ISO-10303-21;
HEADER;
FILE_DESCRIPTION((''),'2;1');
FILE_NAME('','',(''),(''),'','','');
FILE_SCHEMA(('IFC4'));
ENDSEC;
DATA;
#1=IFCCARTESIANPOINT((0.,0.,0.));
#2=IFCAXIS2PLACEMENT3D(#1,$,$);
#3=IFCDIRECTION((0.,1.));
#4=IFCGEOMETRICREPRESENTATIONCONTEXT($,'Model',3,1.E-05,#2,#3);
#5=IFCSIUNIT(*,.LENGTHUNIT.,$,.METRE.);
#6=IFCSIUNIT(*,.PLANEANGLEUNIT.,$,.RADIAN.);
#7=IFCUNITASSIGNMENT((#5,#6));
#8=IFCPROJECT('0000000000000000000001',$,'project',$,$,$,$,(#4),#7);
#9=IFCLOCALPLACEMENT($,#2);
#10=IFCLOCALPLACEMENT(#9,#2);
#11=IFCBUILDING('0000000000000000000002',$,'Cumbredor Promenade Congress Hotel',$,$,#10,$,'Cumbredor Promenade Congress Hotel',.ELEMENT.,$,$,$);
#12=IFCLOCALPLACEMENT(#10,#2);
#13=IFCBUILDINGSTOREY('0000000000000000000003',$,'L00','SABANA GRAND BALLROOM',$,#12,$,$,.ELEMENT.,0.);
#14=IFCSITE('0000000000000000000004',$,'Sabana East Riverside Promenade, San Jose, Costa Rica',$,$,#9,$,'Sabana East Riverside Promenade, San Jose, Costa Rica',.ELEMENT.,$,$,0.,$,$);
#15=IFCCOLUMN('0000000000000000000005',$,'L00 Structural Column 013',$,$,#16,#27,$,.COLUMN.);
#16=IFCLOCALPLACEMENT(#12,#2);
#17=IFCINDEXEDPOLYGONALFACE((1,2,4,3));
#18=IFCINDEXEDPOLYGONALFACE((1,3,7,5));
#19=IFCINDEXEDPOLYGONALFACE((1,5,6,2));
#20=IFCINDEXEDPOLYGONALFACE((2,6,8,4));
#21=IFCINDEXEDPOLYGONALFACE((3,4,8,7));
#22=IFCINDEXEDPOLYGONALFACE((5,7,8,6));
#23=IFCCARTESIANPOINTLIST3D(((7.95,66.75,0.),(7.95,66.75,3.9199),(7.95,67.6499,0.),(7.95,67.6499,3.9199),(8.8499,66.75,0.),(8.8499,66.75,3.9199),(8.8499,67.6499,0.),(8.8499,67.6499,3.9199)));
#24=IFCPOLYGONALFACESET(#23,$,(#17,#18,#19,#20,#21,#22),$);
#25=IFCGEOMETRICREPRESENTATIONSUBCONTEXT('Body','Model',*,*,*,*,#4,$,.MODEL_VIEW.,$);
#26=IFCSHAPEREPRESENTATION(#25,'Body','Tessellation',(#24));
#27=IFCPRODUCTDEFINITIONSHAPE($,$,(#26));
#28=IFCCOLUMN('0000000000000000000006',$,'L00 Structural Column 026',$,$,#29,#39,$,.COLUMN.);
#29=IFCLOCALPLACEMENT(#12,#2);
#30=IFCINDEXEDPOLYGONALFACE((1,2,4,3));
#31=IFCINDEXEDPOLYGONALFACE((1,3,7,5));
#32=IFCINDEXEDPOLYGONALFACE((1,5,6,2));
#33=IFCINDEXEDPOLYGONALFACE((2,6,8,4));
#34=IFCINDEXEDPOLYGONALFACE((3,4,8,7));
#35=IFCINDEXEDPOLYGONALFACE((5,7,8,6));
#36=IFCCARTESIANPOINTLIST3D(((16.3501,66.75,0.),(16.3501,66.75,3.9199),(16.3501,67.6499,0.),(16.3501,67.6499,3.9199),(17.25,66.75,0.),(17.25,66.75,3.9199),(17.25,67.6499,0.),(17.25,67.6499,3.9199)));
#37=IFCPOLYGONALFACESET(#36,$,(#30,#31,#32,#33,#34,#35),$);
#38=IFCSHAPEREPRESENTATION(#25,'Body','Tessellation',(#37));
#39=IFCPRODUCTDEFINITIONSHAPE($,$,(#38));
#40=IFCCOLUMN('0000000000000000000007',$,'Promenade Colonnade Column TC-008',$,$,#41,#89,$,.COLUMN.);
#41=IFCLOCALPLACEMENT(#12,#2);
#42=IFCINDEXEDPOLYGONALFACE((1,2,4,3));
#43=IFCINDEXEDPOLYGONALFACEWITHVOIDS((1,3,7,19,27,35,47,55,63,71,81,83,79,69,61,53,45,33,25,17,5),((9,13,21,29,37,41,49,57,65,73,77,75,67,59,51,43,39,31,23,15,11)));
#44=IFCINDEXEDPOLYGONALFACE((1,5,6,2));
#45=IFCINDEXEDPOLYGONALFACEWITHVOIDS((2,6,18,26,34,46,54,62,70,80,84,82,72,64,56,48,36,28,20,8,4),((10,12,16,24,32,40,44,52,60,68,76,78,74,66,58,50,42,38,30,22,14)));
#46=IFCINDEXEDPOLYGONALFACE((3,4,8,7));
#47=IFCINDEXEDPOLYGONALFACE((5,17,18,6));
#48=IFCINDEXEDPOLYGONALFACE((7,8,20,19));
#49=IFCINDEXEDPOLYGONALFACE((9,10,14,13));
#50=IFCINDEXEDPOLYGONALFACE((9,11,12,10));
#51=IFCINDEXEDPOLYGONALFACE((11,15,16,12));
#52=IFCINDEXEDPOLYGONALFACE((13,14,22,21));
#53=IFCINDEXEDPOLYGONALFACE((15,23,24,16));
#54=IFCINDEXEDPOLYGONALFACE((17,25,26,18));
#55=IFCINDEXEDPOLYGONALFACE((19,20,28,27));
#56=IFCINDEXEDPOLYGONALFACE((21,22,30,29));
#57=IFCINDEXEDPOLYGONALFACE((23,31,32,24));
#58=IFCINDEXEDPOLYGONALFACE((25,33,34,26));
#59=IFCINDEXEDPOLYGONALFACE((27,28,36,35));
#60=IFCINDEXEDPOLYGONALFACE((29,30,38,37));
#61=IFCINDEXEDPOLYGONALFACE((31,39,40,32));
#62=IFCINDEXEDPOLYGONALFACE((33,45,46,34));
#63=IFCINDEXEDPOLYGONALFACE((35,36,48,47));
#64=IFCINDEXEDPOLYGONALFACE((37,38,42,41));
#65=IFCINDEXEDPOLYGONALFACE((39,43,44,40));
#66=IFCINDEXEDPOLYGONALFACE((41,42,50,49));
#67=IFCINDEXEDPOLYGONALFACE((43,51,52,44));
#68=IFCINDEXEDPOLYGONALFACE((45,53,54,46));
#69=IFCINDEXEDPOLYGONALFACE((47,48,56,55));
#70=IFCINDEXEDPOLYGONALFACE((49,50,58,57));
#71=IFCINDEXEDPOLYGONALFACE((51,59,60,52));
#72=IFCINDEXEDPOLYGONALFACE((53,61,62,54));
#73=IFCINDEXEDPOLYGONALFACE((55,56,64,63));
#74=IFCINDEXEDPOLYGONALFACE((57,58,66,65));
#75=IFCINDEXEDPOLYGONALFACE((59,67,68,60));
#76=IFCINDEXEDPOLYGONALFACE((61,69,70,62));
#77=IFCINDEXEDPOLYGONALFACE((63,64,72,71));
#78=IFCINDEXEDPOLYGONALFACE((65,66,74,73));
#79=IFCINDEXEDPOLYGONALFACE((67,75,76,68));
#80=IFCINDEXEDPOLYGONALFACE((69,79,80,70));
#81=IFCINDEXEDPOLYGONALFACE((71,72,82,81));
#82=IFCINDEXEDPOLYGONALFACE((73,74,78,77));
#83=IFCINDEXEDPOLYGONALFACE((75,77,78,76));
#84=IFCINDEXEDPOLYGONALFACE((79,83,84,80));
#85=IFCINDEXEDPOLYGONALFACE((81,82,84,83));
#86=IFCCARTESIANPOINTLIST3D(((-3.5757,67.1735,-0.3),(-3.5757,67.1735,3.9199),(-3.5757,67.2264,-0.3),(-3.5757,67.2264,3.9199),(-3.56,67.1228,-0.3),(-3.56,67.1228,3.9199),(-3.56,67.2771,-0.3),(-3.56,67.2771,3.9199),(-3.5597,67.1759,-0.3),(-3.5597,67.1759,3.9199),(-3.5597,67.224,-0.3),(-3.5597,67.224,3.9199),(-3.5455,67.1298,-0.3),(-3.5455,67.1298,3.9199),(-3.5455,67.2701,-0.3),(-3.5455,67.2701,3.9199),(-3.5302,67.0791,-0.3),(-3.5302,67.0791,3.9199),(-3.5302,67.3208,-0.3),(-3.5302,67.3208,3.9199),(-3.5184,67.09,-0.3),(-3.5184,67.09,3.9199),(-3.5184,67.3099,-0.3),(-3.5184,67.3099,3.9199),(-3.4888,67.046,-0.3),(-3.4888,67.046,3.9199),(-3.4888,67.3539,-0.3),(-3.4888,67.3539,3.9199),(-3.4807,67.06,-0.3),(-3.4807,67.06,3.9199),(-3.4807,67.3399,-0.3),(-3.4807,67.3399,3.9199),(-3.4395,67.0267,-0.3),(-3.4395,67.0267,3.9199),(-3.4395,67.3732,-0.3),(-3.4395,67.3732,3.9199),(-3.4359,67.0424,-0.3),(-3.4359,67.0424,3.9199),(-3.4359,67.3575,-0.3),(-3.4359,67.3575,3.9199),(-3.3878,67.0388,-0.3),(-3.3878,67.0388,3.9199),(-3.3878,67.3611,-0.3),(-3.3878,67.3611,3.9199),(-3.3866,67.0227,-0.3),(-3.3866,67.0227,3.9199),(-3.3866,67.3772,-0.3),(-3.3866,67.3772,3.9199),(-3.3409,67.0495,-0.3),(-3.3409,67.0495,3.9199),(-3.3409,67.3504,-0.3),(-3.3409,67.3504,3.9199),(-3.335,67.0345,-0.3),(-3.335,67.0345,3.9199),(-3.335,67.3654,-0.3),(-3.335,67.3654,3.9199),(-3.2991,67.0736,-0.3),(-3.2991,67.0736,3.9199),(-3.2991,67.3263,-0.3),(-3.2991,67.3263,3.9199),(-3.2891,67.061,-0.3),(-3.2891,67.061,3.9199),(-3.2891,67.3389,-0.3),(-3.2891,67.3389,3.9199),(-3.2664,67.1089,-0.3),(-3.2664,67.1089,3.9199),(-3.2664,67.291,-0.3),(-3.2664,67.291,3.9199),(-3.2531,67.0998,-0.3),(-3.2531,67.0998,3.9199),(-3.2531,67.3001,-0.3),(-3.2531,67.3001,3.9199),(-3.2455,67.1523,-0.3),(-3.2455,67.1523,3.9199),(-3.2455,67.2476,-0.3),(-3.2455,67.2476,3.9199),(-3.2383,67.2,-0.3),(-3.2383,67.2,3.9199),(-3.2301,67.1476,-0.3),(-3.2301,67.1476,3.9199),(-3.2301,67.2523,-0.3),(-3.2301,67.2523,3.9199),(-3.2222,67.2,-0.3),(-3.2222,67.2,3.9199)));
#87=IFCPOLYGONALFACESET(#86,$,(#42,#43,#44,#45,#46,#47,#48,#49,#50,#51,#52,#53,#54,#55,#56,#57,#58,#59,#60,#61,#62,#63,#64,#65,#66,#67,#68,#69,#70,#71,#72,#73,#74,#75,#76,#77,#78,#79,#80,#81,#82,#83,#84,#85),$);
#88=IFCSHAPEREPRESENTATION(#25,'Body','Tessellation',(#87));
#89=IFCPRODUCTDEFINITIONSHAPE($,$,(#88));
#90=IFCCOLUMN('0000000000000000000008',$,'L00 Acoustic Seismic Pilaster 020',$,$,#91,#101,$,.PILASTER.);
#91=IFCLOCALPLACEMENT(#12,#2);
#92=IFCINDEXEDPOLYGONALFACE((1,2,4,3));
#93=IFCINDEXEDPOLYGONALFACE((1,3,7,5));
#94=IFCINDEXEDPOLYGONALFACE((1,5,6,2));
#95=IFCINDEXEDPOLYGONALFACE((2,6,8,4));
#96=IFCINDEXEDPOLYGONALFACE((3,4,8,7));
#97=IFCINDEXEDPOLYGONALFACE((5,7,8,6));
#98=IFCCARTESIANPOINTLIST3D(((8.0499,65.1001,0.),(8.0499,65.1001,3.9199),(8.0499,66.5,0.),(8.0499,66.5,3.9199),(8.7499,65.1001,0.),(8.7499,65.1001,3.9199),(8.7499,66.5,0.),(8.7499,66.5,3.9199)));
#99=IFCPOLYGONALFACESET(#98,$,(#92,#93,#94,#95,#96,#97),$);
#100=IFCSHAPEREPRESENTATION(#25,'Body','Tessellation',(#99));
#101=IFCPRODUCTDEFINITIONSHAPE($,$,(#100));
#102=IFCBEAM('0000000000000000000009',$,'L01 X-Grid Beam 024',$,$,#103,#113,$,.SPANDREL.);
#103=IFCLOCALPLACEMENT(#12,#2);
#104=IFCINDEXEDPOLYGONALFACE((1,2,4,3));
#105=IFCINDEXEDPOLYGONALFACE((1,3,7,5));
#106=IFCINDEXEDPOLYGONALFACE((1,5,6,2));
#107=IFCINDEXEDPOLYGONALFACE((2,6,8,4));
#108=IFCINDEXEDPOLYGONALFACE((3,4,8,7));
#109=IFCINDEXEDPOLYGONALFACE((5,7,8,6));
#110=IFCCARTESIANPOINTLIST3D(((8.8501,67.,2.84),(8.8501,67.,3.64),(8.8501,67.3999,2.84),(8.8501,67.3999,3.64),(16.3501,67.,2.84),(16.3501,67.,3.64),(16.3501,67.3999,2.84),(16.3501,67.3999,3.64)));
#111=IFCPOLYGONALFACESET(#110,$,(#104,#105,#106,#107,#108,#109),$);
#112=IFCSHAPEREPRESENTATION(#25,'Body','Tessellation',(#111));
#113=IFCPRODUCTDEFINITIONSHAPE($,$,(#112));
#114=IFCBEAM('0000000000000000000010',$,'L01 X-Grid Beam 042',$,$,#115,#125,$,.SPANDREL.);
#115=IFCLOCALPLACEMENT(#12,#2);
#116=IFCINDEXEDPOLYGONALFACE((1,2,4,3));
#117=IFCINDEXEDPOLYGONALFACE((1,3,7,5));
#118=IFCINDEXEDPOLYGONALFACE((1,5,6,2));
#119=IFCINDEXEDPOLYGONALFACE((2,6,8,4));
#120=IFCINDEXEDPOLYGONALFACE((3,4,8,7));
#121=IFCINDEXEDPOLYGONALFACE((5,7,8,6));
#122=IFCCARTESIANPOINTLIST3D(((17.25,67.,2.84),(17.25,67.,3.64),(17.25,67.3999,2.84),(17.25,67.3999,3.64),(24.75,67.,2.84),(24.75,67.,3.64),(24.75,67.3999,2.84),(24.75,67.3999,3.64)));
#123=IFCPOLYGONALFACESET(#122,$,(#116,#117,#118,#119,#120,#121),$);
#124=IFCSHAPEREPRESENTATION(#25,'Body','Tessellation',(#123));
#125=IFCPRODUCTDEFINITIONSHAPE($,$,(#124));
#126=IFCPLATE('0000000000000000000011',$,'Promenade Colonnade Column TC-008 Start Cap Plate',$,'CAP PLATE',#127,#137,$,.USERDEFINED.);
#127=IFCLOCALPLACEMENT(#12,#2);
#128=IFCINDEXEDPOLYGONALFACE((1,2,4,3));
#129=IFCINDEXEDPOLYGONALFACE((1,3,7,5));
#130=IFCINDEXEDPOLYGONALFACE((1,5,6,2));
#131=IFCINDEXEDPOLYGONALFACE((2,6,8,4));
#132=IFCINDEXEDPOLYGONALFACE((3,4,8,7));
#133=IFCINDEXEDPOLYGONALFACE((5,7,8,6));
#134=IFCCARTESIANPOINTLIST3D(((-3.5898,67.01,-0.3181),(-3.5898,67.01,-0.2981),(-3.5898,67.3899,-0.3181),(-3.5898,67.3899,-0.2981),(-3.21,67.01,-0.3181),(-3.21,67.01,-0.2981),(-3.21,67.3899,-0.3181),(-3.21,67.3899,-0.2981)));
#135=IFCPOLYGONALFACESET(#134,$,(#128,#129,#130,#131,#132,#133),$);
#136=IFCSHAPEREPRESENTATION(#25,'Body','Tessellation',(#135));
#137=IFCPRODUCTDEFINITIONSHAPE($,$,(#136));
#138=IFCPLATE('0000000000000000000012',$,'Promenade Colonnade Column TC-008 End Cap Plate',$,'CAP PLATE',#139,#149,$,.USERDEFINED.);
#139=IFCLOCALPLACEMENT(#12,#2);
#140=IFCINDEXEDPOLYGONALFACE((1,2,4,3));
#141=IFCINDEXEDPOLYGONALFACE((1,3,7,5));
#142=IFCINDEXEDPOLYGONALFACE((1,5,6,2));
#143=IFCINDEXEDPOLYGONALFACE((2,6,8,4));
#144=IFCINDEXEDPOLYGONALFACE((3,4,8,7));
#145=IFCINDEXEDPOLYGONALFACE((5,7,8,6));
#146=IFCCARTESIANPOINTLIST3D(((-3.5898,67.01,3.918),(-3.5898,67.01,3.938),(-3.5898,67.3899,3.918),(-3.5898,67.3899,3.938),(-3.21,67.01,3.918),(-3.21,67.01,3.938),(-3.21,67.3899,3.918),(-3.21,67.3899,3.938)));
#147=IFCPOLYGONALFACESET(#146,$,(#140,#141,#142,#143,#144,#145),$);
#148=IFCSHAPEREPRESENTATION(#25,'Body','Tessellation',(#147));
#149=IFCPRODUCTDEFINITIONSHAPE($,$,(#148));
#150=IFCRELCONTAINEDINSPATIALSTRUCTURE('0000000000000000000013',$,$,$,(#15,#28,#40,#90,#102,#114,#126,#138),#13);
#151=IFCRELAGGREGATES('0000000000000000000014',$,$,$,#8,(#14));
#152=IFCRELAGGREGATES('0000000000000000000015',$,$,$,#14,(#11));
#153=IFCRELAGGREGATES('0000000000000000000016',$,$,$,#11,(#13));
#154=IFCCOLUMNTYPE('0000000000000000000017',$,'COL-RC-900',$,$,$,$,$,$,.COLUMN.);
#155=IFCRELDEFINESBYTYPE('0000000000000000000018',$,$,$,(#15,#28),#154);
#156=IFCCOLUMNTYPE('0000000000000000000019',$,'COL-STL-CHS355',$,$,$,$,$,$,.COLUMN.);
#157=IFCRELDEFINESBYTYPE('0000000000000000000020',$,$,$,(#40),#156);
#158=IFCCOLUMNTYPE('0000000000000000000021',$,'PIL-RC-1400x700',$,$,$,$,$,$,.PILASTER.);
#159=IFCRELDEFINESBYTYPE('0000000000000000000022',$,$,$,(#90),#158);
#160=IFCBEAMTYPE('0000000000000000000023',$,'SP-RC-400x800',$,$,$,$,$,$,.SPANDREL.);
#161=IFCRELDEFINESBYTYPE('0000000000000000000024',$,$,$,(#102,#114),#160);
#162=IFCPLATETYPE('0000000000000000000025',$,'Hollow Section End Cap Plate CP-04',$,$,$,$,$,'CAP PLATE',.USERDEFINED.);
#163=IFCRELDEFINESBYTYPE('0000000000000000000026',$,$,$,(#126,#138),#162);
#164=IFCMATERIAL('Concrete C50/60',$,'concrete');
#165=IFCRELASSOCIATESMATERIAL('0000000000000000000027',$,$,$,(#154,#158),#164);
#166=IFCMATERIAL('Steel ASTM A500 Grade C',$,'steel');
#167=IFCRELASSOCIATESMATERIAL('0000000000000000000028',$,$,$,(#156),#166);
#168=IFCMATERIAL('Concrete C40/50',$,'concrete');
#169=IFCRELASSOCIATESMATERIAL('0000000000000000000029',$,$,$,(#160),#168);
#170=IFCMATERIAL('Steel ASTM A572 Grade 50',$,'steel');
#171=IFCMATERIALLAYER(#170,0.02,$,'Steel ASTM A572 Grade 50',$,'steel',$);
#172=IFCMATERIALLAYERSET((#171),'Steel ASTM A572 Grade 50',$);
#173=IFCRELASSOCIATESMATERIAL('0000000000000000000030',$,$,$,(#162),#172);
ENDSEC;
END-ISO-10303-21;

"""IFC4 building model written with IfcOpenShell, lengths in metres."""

from ifc_helpers import new_model, si_unit, direction, frame, origin, origin_2d, place, context, subcontext, project, spatial, rectangle, hollow_circle, extrude, material, layer, layer_set, material_profile, profile_set, type_object, element, save


model = new_model("IFC4")

# Units and contexts
model_context = context("Model", 3, precision=1e-05, world=origin(), true_north=direction((0.0, 1.0)))
body_context = subcontext(model_context, "Body", "Model", "MODEL_VIEW")
ifc_project = project(units=[si_unit("LENGTHUNIT", "METRE"), si_unit("PLANEANGLEUNIT", "RADIAN")], contexts=[model_context])

# Site, building, storey
site_placement = place(None, origin())
site = spatial("IfcSite", under=ifc_project, at=site_placement, Name="Sabana East Riverside Promenade, San Jose, Costa Rica", LongName="Sabana East Riverside Promenade, San Jose, Costa Rica", CompositionType="ELEMENT", RefElevation=0.0)
building_placement = place(site_placement, origin())
building = spatial("IfcBuilding", under=site, at=building_placement, Name="Cumbredor Promenade Congress Hotel", LongName="Cumbredor Promenade Congress Hotel", CompositionType="ELEMENT")
storey_placement = place(building_placement, origin())
storey = spatial("IfcBuildingStorey", under=building, at=storey_placement, Name="L00", Description="SABANA GRAND BALLROOM", CompositionType="ELEMENT", Elevation=0.0)

# Columns
ifc_material_1 = material(Name="Concrete C50/60", Category="concrete")
ifc_material_profile_1 = material_profile(ifc_material_1, rectangle(XDim=0.8999, YDim=0.8999, at=origin_2d()), Name="RC 900x900")
ifc_profile_set_1 = profile_set([ifc_material_profile_1], Name="Concrete C50/60")
column_type_1 = type_object("IfcColumnType", Name="COL-RC-900", PredefinedType="COLUMN", material=ifc_profile_set_1)
for number, where, z_axis, x_axis, name in (
    (1, (8.3999, 67.2, 0.0), (0.0, 0.0, 1.0), (1.0, 0.0, 0.0), "L00 Structural Column 013"),
    (2, (16.8, 67.2, 0.0), (0.0, 0.0, 1.0), (1.0, 0.0, 0.0), "L00 Structural Column 026"),
):
    element("IfcColumn", number, at=place(storey_placement, frame(where, z_axis=z_axis, x_axis=x_axis)), inside=storey, type_object=column_type_1, Name=name, PredefinedType="COLUMN", context=body_context, shape_type="SweptSolid", body=[
        extrude(rectangle(XDim=0.8999, YDim=0.8999, at=origin_2d()), origin(), (0.0, 0.0, 1.0), 3.9199),
    ])
ifc_material_2 = material(Name="Steel ASTM A500 Grade C", Category="steel")
ifc_material_profile_2 = material_profile(ifc_material_2, hollow_circle(Radius=0.1777, WallThickness=0.0161, at=origin_2d()), Name="CHS 355.6x16")
ifc_profile_set_2 = profile_set([ifc_material_profile_2], Name="Steel ASTM A500 Grade C")
column_type_2 = type_object("IfcColumnType", Name="COL-STL-CHS355", PredefinedType="COLUMN", material=ifc_profile_set_2)
column_1_placement = place(storey_placement, frame((-3.3999, 67.2, -0.3), z_axis=(0.0, 0.0, 1.0), x_axis=(1.0, 0.0, 0.0)))
element("IfcColumn", 3, at=column_1_placement, inside=storey, type_object=column_type_2, Name="Promenade Colonnade Column TC-008", PredefinedType="COLUMN", context=body_context, shape_type="SweptSolid", body=[
    extrude(hollow_circle(Radius=0.1777, WallThickness=0.0161, at=origin_2d()), origin(), (0.0, 0.0, 1.0), 4.22),
])
ifc_material_profile_3 = material_profile(ifc_material_1, rectangle(XDim=0.7, YDim=1.3999, at=origin_2d()), Name="RC PILASTER 1400x700")
ifc_profile_set_3 = profile_set([ifc_material_profile_3], Name="Concrete C50/60")
column_type_3 = type_object("IfcColumnType", Name="PIL-RC-1400x700", PredefinedType="PILASTER", material=ifc_profile_set_3)
column_2_placement = place(storey_placement, frame((8.3999, 65.8, 0.0), z_axis=(0.0, 0.0, 1.0), x_axis=(1.0, 0.0, 0.0)))
element("IfcColumn", 4, at=column_2_placement, inside=storey, type_object=column_type_3, Name="L00 Acoustic Seismic Pilaster 020", PredefinedType="PILASTER", context=body_context, shape_type="SweptSolid", body=[
    extrude(rectangle(XDim=0.7, YDim=1.3999, at=origin_2d()), origin(), (0.0, 0.0, 1.0), 3.9199),
])

# Beams
ifc_material_3 = material(Name="Concrete C40/50", Category="concrete")
ifc_material_profile_4 = material_profile(ifc_material_3, rectangle(XDim=0.3999, YDim=0.8, at=origin_2d()), Name="RC SPANDREL 400x800")
ifc_profile_set_4 = profile_set([ifc_material_profile_4], Name="Concrete C40/50")
beam_type = type_object("IfcBeamType", Name="SP-RC-400x800", PredefinedType="SPANDREL", material=ifc_profile_set_4)
for number, where, z_axis, x_axis, name in (
    (5, (8.8501, 67.2, 3.24), (1.0, 0.0, 0.0), (0.0, 1.0, 0.0), "L01 X-Grid Beam 024"),
    (6, (17.25, 67.2, 3.24), (1.0, 0.0, 0.0), (0.0, 1.0, 0.0), "L01 X-Grid Beam 042"),
):
    element("IfcBeam", number, at=place(storey_placement, frame(where, z_axis=z_axis, x_axis=x_axis)), inside=storey, type_object=beam_type, Name=name, PredefinedType="SPANDREL", context=body_context, shape_type="SweptSolid", body=[
        extrude(rectangle(XDim=0.3999, YDim=0.8, at=origin_2d()), origin(), (0.0, 0.0, 1.0), 7.5),
    ])

# Plates
ifc_material_4 = material(Name="Steel ASTM A572 Grade 50", Category="steel")
ifc_layer_1 = layer(ifc_material_4, 0.02, Name="Steel ASTM A572 Grade 50", Category="steel")
ifc_layer_set_1 = layer_set([ifc_layer_1], Name="Steel ASTM A572 Grade 50")
plate_type = type_object("IfcPlateType", Name="Hollow Section End Cap Plate CP-04", ElementType="CAP PLATE", PredefinedType="USERDEFINED", material=ifc_layer_set_1)
for number, where, z_axis, x_axis, name in (
    (7, (-3.3999, 67.2, -0.3181), (0.0, 0.0, 1.0), (1.0, 0.0, 0.0), "Promenade Colonnade Column TC-008 Start Cap Plate"),
    (8, (-3.3999, 67.2, 3.918), (0.0, 0.0, 1.0), (1.0, 0.0, 0.0), "Promenade Colonnade Column TC-008 End Cap Plate"),
):
    element("IfcPlate", number, at=place(storey_placement, frame(where, z_axis=z_axis, x_axis=x_axis)), inside=storey, type_object=plate_type, Name=name, ObjectType="CAP PLATE", PredefinedType="USERDEFINED", context=body_context, shape_type="SweptSolid", body=[
        extrude(rectangle(XDim=0.3799, YDim=0.3799, at=origin_2d()), origin(), (0.0, 0.0, 1.0), 0.02),
    ])

save(model, "model.ifc")
